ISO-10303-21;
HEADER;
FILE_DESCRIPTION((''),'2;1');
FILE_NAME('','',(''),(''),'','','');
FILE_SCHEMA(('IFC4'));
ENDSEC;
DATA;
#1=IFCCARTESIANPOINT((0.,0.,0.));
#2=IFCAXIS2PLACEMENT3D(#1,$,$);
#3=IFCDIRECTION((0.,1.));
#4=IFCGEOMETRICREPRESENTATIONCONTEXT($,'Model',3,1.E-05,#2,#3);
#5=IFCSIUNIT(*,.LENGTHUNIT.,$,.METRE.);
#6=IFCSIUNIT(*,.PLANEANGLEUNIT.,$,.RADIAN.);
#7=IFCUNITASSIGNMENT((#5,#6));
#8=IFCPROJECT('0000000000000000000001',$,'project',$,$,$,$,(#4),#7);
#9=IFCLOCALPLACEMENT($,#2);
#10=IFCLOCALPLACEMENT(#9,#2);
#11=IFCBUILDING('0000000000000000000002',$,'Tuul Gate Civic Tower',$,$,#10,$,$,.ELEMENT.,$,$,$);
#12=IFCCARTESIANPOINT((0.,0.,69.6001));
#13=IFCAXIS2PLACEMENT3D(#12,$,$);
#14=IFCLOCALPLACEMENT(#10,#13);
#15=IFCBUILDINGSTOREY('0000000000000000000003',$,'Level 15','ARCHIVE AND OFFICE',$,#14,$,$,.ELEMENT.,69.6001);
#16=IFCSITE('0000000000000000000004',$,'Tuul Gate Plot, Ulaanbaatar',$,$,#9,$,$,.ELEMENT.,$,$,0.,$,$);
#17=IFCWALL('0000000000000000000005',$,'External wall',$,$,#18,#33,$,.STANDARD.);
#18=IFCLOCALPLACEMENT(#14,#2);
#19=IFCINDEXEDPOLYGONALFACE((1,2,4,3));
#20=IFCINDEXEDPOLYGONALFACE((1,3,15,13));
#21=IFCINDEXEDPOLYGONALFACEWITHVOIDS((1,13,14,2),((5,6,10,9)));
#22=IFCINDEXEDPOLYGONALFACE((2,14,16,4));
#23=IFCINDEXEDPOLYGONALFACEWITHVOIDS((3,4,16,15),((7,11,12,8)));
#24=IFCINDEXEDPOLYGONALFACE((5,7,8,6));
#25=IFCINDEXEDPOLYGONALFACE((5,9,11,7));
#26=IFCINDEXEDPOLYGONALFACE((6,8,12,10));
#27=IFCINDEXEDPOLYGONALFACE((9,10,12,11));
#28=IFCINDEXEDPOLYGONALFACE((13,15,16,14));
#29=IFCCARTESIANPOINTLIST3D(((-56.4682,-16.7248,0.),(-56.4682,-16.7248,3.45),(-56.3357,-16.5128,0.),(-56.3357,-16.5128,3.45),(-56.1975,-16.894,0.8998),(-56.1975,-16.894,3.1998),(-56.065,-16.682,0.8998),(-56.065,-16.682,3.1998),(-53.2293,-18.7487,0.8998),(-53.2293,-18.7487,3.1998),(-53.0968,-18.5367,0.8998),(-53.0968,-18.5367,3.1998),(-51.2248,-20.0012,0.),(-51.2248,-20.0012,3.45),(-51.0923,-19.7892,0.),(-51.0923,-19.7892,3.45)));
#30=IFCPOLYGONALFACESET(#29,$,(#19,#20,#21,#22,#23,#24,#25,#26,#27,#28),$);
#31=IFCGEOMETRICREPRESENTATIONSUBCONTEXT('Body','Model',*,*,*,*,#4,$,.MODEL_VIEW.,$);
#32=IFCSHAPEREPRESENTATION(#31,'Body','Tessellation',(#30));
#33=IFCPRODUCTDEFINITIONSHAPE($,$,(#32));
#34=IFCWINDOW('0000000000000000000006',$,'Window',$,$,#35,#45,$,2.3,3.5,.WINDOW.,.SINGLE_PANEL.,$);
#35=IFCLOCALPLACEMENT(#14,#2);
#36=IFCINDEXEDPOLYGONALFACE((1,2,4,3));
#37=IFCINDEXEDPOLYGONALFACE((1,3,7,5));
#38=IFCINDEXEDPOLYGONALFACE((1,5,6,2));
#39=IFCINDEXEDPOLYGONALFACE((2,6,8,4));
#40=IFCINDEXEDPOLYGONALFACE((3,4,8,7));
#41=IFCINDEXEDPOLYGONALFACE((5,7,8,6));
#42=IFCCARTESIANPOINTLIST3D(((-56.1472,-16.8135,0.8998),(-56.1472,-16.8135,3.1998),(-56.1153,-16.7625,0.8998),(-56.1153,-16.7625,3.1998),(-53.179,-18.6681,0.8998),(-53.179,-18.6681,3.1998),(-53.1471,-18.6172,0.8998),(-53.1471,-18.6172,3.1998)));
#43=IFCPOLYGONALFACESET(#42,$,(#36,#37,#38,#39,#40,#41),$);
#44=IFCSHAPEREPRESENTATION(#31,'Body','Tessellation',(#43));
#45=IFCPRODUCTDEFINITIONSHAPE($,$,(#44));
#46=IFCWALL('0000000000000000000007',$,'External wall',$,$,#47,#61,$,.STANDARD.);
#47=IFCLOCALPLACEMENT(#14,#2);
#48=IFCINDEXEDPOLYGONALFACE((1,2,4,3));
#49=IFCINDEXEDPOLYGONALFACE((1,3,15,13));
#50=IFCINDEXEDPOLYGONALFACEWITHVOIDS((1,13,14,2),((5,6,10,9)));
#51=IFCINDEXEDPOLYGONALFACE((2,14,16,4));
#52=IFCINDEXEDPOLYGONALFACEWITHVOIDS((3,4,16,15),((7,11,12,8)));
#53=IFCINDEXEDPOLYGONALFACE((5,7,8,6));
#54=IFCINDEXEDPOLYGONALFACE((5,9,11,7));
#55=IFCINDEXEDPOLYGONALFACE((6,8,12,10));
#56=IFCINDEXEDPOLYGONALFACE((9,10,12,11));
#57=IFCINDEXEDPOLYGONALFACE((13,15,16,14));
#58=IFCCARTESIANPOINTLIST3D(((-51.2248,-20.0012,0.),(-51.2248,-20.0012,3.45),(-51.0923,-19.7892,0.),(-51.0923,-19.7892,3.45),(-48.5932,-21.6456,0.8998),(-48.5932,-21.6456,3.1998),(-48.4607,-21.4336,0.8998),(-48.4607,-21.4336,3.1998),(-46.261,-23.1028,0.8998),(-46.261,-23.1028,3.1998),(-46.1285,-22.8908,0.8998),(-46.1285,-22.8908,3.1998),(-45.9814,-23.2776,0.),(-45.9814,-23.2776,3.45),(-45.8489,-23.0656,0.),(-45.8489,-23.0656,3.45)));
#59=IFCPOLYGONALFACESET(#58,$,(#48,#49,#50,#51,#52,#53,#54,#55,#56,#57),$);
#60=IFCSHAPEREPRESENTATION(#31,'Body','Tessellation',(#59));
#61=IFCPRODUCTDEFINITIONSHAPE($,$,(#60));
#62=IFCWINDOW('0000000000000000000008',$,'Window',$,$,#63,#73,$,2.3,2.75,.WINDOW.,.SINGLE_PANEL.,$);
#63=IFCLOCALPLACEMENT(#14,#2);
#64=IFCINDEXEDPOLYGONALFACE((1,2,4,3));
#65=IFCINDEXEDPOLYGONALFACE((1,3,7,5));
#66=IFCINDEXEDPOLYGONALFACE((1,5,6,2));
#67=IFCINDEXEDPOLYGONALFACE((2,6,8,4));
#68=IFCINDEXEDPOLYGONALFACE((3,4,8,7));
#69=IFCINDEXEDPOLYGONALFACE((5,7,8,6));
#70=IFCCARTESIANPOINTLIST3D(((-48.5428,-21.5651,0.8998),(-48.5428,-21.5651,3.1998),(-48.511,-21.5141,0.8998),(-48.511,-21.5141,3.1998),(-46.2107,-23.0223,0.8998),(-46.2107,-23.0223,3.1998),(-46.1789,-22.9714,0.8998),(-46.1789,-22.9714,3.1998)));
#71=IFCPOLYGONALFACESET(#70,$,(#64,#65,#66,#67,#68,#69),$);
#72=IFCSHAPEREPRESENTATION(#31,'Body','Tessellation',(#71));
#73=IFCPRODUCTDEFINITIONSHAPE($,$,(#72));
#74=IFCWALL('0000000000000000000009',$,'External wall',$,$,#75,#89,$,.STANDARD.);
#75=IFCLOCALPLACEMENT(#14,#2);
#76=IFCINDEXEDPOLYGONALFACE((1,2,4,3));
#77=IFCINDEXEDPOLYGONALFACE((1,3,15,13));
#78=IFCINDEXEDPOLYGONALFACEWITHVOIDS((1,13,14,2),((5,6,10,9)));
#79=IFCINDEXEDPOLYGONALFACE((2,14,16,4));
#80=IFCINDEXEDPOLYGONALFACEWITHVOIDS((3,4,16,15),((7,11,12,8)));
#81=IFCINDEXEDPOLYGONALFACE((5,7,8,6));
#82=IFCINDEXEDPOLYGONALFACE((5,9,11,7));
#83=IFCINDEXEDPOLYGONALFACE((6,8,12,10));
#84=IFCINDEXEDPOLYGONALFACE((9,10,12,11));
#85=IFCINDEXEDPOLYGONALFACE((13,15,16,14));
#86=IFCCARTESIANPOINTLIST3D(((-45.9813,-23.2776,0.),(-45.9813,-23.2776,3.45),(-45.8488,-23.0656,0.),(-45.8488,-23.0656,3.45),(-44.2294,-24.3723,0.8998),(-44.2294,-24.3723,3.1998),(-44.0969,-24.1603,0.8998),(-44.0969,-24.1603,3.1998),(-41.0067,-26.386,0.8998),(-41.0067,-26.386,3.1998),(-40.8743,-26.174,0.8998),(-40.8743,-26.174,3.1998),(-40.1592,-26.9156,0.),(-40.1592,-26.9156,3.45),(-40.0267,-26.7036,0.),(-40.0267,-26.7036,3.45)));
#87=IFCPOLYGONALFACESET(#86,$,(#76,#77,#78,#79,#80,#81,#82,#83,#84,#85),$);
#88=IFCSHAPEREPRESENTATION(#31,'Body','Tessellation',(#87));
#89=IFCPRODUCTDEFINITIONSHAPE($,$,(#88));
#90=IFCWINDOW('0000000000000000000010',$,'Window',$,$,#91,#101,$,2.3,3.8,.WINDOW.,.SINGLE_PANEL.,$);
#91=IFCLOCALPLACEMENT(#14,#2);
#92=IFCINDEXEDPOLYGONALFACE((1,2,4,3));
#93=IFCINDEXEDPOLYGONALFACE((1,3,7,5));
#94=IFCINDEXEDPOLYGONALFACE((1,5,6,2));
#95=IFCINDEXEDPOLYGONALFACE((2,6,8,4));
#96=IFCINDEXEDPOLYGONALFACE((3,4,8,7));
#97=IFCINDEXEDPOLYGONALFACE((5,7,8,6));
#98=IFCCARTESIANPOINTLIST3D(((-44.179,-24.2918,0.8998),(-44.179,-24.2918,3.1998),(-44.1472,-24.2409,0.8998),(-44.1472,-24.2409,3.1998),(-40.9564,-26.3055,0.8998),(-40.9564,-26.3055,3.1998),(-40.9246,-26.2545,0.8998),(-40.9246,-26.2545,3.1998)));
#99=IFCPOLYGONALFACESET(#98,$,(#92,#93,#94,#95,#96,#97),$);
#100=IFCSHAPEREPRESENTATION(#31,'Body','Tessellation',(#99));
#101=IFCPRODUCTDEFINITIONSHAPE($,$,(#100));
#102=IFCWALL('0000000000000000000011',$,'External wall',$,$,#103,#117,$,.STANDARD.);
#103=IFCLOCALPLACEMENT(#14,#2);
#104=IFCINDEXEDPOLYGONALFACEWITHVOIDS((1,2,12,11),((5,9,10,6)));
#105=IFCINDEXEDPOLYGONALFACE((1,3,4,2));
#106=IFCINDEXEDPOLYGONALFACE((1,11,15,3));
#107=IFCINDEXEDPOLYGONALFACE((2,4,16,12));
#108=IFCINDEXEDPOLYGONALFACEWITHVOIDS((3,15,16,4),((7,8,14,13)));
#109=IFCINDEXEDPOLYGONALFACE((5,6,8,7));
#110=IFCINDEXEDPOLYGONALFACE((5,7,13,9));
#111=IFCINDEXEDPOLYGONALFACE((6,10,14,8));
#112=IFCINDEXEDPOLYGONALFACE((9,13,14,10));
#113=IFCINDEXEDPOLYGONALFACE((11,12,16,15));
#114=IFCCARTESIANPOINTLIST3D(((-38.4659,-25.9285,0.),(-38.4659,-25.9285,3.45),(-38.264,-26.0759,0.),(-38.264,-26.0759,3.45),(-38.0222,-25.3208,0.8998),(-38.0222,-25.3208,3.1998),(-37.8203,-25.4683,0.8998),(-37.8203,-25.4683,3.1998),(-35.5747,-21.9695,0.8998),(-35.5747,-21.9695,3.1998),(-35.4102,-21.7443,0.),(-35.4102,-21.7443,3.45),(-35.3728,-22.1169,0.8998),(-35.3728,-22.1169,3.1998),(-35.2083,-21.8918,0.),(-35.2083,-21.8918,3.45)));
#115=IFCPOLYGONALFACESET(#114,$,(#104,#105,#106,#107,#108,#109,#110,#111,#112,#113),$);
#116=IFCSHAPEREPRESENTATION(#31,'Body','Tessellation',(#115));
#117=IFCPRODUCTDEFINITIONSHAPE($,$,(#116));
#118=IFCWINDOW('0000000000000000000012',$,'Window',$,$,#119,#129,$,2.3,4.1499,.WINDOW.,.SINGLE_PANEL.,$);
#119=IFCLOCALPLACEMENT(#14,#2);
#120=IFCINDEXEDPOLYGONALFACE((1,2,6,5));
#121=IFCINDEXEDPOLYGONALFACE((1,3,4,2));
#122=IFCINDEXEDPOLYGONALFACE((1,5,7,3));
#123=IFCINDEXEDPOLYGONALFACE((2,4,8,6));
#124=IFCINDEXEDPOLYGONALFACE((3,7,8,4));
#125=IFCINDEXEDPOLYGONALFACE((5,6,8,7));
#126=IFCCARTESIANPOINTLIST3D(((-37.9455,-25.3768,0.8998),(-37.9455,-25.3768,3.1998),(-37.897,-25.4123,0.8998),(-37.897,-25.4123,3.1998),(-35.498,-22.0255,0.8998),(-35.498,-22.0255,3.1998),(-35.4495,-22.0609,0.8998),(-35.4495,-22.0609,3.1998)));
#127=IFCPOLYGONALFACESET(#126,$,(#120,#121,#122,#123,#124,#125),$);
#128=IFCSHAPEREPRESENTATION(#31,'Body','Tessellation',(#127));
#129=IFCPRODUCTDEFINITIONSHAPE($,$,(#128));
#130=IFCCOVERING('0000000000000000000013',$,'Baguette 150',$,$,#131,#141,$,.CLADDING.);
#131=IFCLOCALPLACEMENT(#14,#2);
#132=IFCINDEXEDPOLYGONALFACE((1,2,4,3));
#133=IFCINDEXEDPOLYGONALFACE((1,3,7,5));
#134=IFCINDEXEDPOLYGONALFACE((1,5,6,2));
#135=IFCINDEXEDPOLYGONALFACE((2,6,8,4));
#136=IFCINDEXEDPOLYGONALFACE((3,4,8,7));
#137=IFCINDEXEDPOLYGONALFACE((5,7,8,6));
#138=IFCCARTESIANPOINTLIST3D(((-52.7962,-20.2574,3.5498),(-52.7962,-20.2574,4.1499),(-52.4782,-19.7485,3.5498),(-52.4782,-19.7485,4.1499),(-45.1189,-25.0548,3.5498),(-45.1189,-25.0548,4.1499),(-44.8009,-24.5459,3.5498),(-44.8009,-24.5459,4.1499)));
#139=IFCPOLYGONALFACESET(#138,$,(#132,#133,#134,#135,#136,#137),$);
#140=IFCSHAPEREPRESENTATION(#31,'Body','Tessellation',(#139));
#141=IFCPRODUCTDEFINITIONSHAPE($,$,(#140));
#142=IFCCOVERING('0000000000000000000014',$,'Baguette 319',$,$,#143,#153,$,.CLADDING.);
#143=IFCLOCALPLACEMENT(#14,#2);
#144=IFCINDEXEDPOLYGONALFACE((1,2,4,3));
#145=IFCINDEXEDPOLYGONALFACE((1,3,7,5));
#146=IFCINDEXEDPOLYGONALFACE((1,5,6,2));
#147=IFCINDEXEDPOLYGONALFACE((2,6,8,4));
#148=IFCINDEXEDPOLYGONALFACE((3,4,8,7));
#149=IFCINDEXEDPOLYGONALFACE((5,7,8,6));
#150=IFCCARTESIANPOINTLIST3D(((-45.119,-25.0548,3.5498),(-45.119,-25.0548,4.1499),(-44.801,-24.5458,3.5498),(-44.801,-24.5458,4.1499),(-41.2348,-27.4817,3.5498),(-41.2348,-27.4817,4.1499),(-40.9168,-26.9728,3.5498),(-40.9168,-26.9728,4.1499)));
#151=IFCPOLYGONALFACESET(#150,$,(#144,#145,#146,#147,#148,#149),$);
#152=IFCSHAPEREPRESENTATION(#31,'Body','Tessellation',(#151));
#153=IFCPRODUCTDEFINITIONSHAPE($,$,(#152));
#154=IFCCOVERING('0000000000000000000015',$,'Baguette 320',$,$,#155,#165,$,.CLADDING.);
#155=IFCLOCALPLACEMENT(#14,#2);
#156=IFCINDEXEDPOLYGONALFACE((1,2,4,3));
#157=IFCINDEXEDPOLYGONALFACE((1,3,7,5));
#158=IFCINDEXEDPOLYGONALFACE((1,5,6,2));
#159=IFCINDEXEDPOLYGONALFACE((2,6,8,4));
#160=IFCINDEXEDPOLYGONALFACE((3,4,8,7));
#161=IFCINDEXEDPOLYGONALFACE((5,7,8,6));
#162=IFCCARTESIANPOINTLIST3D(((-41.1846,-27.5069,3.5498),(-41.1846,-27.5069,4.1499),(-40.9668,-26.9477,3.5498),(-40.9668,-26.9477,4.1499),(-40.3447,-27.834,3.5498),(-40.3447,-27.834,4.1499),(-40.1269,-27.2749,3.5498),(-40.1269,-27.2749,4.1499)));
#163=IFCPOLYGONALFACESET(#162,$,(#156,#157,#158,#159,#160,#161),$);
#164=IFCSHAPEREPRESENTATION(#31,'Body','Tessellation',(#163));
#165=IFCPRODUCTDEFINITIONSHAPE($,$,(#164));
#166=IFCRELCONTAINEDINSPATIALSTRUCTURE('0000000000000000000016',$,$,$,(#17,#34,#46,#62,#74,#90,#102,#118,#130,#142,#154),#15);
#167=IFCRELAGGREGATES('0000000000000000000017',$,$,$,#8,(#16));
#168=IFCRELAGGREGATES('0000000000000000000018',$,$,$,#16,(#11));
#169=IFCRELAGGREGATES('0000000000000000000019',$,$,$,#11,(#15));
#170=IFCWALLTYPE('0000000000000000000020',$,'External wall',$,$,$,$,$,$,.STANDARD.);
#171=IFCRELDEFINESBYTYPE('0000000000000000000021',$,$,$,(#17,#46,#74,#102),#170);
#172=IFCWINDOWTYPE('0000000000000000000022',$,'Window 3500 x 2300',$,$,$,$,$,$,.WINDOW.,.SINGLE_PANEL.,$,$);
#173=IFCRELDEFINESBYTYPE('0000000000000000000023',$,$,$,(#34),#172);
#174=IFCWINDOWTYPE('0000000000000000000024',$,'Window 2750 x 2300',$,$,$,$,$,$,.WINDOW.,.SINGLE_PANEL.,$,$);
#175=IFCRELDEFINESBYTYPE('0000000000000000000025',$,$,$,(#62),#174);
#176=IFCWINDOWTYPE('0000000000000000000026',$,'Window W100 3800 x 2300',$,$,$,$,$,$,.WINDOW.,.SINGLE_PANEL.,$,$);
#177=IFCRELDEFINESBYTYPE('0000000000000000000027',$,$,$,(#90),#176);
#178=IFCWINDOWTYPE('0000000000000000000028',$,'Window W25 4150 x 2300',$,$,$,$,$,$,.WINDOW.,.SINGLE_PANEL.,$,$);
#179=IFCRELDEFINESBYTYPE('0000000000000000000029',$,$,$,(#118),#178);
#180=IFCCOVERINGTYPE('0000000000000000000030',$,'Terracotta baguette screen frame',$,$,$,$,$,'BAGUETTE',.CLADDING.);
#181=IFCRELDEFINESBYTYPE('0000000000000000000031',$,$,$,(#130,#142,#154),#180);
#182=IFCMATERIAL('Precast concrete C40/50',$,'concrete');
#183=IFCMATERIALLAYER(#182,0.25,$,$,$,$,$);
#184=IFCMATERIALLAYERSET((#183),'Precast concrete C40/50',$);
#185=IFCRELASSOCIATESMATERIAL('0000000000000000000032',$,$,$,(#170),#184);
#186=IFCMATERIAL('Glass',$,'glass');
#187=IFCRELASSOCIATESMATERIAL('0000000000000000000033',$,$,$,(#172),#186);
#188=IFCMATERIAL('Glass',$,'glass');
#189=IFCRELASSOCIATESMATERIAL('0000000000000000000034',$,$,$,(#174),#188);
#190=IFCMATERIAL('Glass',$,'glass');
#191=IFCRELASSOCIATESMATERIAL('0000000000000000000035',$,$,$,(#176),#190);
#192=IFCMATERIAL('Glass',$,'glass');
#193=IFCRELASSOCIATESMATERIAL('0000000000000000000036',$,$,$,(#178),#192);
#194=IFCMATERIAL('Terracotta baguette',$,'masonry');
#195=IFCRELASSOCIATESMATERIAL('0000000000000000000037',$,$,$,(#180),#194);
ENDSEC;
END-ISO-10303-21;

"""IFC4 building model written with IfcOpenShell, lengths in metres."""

from ifc_helpers import new_model, si_unit, direction, frame, frame_2d, origin, origin_2d, place, context, subcontext, project, spatial, rectangle, extrude, material, layer, layer_set, material_profile, profile_set, type_object, element, fill, save


model = new_model("IFC4")

# Units and contexts
model_context = context("Model", 3, precision=1e-05, world=origin(), true_north=direction((0.0, 1.0)))
body_context = subcontext(model_context, "Body", "Model", "MODEL_VIEW")
ifc_project = project(units=[si_unit("LENGTHUNIT", "METRE"), si_unit("PLANEANGLEUNIT", "RADIAN")], contexts=[model_context])

# Site, building, storey
site_placement = place(None, origin())
site = spatial("IfcSite", under=ifc_project, at=site_placement, Name="Tuul Gate Plot, Ulaanbaatar", CompositionType="ELEMENT", RefElevation=0.0)
building_placement = place(site_placement, origin())
building = spatial("IfcBuilding", under=site, at=building_placement, Name="Tuul Gate Civic Tower", CompositionType="ELEMENT")
storey_placement = place(building_placement, frame((0.0, 0.0, 69.6001)))
storey = spatial("IfcBuildingStorey", under=building, at=storey_placement, Name="Level 15", Description="ARCHIVE AND OFFICE", CompositionType="ELEMENT", Elevation=69.6001)

# Shared definitions
ifc_material_1 = material(Name="Precast concrete C40/50", Category="concrete")
ifc_layer_1 = layer(ifc_material_1, 0.25)
ifc_layer_set_1 = layer_set([ifc_layer_1], Name="Precast concrete C40/50")
wall_type_1 = type_object("IfcWallType", Name="External wall", PredefinedType="STANDARD", material=ifc_layer_set_1)

# Walls, openings, windows
wall_1_placement = place(storey_placement, frame((-56.4019, -16.6189, 0.0), z_axis=(0.0, 0.0, 1.0), x_axis=(0.848054, -0.52991, 0.0)))
wall_1 = element("IfcWall", 1, at=wall_1_placement, inside=storey, type_object=wall_type_1, Name="External wall", PredefinedType="STANDARD", context=body_context, shape_type="SweptSolid", body=[
    extrude(rectangle(XDim=6.1829, YDim=0.25, at=frame_2d((3.0913, 0.0))), origin(), (0.0, 0.0, 1.0), 3.45),
])
opening_1_placement = place(wall_1_placement, frame((0.3191, 0.0, 0.8999)))
opening_1 = element("IfcOpeningElement", 2, at=opening_1_placement, cuts=wall_1, PredefinedType="OPENING", context=body_context, shape_type="SweptSolid", body=[
    extrude(rectangle(XDim=3.5, YDim=2.3, at=frame_2d((1.75, 1.1499))), frame((0.0, 0.135, 0.0), z_axis=(0.0, -1.0, 0.0), x_axis=(1.0, 0.0, 0.0)), (0.0, 0.0, 1.0), 0.27),
])
ifc_material_2 = material(Name="Glass", Category="glass")
window_type_1 = type_object("IfcWindowType", Name="Window 3500 x 2300", PartitioningType="SINGLE_PANEL", PredefinedType="WINDOW", material=ifc_material_2)
window_1_placement = place(opening_1_placement, origin())
window_1 = element("IfcWindow", 3, at=window_1_placement, inside=storey, type_object=window_type_1, Name="Window", OverallHeight=2.3, OverallWidth=3.5, PartitioningType="SINGLE_PANEL", PredefinedType="WINDOW", context=body_context, shape_type="SweptSolid", body=[
    extrude(rectangle(XDim=3.5, YDim=2.3, at=frame_2d((1.75, 1.1499))), frame((0.0, 0.03, 0.0), z_axis=(0.0, -1.0, 0.0), x_axis=(1.0, 0.0, 0.0)), (0.0, 0.0, 1.0), 0.0601),
])
fill(opening_1, window_1)
wall_2_placement = place(storey_placement, frame((-51.1584, -19.8953, 0.0), z_axis=(0.0, 0.0, 1.0), x_axis=(0.848054, -0.52991, 0.0)))
wall_2 = element("IfcWall", 4, at=wall_2_placement, inside=storey, type_object=wall_type_1, Name="External wall", PredefinedType="STANDARD", context=body_context, shape_type="SweptSolid", body=[
    extrude(rectangle(XDim=6.1829, YDim=0.25, at=frame_2d((3.0913, 0.0))), origin(), (0.0, 0.0, 1.0), 3.45),
])
opening_2_placement = place(wall_2_placement, frame((3.103, 0.0, 0.8999)))
opening_2 = element("IfcOpeningElement", 5, at=opening_2_placement, cuts=wall_2, PredefinedType="OPENING", context=body_context, shape_type="SweptSolid", body=[
    extrude(rectangle(XDim=2.75, YDim=2.3, at=frame_2d((1.375, 1.1499))), frame((0.0, 0.135, 0.0), z_axis=(0.0, -1.0, 0.0), x_axis=(1.0, 0.0, 0.0)), (0.0, 0.0, 1.0), 0.27),
])
ifc_material_3 = material(Name="Glass", Category="glass")
window_type_2 = type_object("IfcWindowType", Name="Window 2750 x 2300", PartitioningType="SINGLE_PANEL", PredefinedType="WINDOW", material=ifc_material_3)
window_2_placement = place(opening_2_placement, origin())
window_2 = element("IfcWindow", 6, at=window_2_placement, inside=storey, type_object=window_type_2, Name="Window", OverallHeight=2.3, OverallWidth=2.75, PartitioningType="SINGLE_PANEL", PredefinedType="WINDOW", context=body_context, shape_type="SweptSolid", body=[
    extrude(rectangle(XDim=2.75, YDim=2.3, at=frame_2d((1.375, 1.1499))), frame((0.0, 0.03, 0.0), z_axis=(0.0, -1.0, 0.0), x_axis=(1.0, 0.0, 0.0)), (0.0, 0.0, 1.0), 0.0601),
])
fill(opening_2, window_2)
wall_3_placement = place(storey_placement, frame((-45.915, -23.1716, 0.0), z_axis=(0.0, 0.0, 1.0), x_axis=(0.848052, -0.529913, 0.0)))
wall_3 = element("IfcWall", 7, at=wall_3_placement, inside=storey, type_object=wall_type_1, Name="External wall", PredefinedType="STANDARD", context=body_context, shape_type="SweptSolid", body=[
    extrude(rectangle(XDim=6.8652, YDim=0.25, at=frame_2d((3.4326, 0.0))), origin(), (0.0, 0.0, 1.0), 3.45),
])
opening_3_placement = place(wall_3_placement, frame((2.0659, 0.0, 0.8999)))
opening_3 = element("IfcOpeningElement", 8, at=opening_3_placement, cuts=wall_3, PredefinedType="OPENING", context=body_context, shape_type="SweptSolid", body=[
    extrude(rectangle(XDim=3.8, YDim=2.3, at=frame_2d((1.8999, 1.1499))), frame((0.0, 0.135, 0.0), z_axis=(0.0, -1.0, 0.0), x_axis=(1.0, 0.0, 0.0)), (0.0, 0.0, 1.0), 0.27),
])
ifc_material_4 = material(Name="Glass", Category="glass")
window_type_3 = type_object("IfcWindowType", Name="Window W100 3800 x 2300", PartitioningType="SINGLE_PANEL", PredefinedType="WINDOW", material=ifc_material_4)
window_3_placement = place(opening_3_placement, origin())
window_3 = element("IfcWindow", 9, at=window_3_placement, inside=storey, type_object=window_type_3, Name="Window", OverallHeight=2.3, OverallWidth=3.8, PartitioningType="SINGLE_PANEL", PredefinedType="WINDOW", context=body_context, shape_type="SweptSolid", body=[
    extrude(rectangle(XDim=3.8, YDim=2.3, at=frame_2d((1.8999, 1.1499))), frame((0.0, 0.03, 0.0), z_axis=(0.0, -1.0, 0.0), x_axis=(1.0, 0.0, 0.0)), (0.0, 0.0, 1.0), 0.0601),
])
fill(opening_3, window_3)
wall_4_placement = place(storey_placement, frame((-38.365, -26.0022, 0.0), z_axis=(0.0, 0.0, 1.0), x_axis=(0.589773, 0.807569, 0.0)))
wall_4 = element("IfcWall", 10, at=wall_4_placement, inside=storey, type_object=wall_type_1, Name="External wall", PredefinedType="STANDARD", context=body_context, shape_type="SweptSolid", body=[
    extrude(rectangle(XDim=5.1812, YDim=0.25, at=frame_2d((2.5906, 0.0))), origin(), (0.0, 0.0, 1.0), 3.45),
])
opening_4_placement = place(wall_4_placement, frame((0.7524, 0.0, 0.8999)))
opening_4 = element("IfcOpeningElement", 11, at=opening_4_placement, cuts=wall_4, PredefinedType="OPENING", context=body_context, shape_type="SweptSolid", body=[
    extrude(rectangle(XDim=4.1499, YDim=2.3, at=frame_2d((2.075, 1.1499))), frame((0.0, 0.135, 0.0), z_axis=(0.0, -1.0, 0.0), x_axis=(1.0, 0.0, 0.0)), (0.0, 0.0, 1.0), 0.27),
])
ifc_material_5 = material(Name="Glass", Category="glass")
window_type_4 = type_object("IfcWindowType", Name="Window W25 4150 x 2300", PartitioningType="SINGLE_PANEL", PredefinedType="WINDOW", material=ifc_material_5)
window_4_placement = place(opening_4_placement, origin())
window_4 = element("IfcWindow", 12, at=window_4_placement, inside=storey, type_object=window_type_4, Name="Window", OverallHeight=2.3, OverallWidth=4.1499, PartitioningType="SINGLE_PANEL", PredefinedType="WINDOW", context=body_context, shape_type="SweptSolid", body=[
    extrude(rectangle(XDim=4.1499, YDim=2.3, at=frame_2d((2.075, 1.1499))), frame((0.0, 0.03, 0.0), z_axis=(0.0, -1.0, 0.0), x_axis=(1.0, 0.0, 0.0)), (0.0, 0.0, 1.0), 0.0601),
])
fill(opening_4, window_4)

# Coverings
ifc_material_6 = material(Name="Terracotta baguette", Category="masonry")
ifc_material_profile_1 = material_profile(ifc_material_6, rectangle(XDim=0.6001, YDim=0.6001, at=origin_2d()), Name="Terracotta baguette screen frame")
ifc_profile_set_1 = profile_set([ifc_material_profile_1], Name="Terracotta baguette")
covering_type = type_object("IfcCoveringType", Name="Terracotta baguette screen frame", ElementType="BAGUETTE", PredefinedType="CLADDING", material=ifc_profile_set_1)
covering_1_placement = place(storey_placement, frame((-52.6372, -20.0029, 3.8499), z_axis=(0.848044, -0.529926, 0.0), x_axis=(0.529926, 0.848044, 0.0)))
element("IfcCovering", 13, at=covering_1_placement, inside=storey, type_object=covering_type, Name="Baguette 150", PredefinedType="CLADDING", context=body_context, shape_type="SweptSolid", body=[
    extrude(rectangle(XDim=0.6001, YDim=0.6001, at=origin_2d()), origin(), (0.0, 0.0, 1.0), 9.053),
])
covering_2_placement = place(storey_placement, frame((-44.96, -24.8003, 3.8499), z_axis=(0.848064, -0.529894, 0.0), x_axis=(0.529894, 0.848064, 0.0)))
element("IfcCovering", 14, at=covering_2_placement, inside=storey, type_object=covering_type, Name="Baguette 319", PredefinedType="CLADDING", context=body_context, shape_type="SweptSolid", body=[
    extrude(rectangle(XDim=0.6001, YDim=0.6001, at=origin_2d()), origin(), (0.0, 0.0, 1.0), 4.5801),
])
covering_3_placement = place(storey_placement, frame((-41.0757, -27.2273, 3.8499), z_axis=(0.931801, -0.362969, 0.0), x_axis=(0.362969, 0.931801, 0.0)))
element("IfcCovering", 15, at=covering_3_placement, inside=storey, type_object=covering_type, Name="Baguette 320", PredefinedType="CLADDING", context=body_context, shape_type="SweptSolid", body=[
    extrude(rectangle(XDim=0.6001, YDim=0.6001, at=origin_2d()), origin(), (0.0, 0.0, 1.0), 0.9014),
])

save(model, "model.ifc")
